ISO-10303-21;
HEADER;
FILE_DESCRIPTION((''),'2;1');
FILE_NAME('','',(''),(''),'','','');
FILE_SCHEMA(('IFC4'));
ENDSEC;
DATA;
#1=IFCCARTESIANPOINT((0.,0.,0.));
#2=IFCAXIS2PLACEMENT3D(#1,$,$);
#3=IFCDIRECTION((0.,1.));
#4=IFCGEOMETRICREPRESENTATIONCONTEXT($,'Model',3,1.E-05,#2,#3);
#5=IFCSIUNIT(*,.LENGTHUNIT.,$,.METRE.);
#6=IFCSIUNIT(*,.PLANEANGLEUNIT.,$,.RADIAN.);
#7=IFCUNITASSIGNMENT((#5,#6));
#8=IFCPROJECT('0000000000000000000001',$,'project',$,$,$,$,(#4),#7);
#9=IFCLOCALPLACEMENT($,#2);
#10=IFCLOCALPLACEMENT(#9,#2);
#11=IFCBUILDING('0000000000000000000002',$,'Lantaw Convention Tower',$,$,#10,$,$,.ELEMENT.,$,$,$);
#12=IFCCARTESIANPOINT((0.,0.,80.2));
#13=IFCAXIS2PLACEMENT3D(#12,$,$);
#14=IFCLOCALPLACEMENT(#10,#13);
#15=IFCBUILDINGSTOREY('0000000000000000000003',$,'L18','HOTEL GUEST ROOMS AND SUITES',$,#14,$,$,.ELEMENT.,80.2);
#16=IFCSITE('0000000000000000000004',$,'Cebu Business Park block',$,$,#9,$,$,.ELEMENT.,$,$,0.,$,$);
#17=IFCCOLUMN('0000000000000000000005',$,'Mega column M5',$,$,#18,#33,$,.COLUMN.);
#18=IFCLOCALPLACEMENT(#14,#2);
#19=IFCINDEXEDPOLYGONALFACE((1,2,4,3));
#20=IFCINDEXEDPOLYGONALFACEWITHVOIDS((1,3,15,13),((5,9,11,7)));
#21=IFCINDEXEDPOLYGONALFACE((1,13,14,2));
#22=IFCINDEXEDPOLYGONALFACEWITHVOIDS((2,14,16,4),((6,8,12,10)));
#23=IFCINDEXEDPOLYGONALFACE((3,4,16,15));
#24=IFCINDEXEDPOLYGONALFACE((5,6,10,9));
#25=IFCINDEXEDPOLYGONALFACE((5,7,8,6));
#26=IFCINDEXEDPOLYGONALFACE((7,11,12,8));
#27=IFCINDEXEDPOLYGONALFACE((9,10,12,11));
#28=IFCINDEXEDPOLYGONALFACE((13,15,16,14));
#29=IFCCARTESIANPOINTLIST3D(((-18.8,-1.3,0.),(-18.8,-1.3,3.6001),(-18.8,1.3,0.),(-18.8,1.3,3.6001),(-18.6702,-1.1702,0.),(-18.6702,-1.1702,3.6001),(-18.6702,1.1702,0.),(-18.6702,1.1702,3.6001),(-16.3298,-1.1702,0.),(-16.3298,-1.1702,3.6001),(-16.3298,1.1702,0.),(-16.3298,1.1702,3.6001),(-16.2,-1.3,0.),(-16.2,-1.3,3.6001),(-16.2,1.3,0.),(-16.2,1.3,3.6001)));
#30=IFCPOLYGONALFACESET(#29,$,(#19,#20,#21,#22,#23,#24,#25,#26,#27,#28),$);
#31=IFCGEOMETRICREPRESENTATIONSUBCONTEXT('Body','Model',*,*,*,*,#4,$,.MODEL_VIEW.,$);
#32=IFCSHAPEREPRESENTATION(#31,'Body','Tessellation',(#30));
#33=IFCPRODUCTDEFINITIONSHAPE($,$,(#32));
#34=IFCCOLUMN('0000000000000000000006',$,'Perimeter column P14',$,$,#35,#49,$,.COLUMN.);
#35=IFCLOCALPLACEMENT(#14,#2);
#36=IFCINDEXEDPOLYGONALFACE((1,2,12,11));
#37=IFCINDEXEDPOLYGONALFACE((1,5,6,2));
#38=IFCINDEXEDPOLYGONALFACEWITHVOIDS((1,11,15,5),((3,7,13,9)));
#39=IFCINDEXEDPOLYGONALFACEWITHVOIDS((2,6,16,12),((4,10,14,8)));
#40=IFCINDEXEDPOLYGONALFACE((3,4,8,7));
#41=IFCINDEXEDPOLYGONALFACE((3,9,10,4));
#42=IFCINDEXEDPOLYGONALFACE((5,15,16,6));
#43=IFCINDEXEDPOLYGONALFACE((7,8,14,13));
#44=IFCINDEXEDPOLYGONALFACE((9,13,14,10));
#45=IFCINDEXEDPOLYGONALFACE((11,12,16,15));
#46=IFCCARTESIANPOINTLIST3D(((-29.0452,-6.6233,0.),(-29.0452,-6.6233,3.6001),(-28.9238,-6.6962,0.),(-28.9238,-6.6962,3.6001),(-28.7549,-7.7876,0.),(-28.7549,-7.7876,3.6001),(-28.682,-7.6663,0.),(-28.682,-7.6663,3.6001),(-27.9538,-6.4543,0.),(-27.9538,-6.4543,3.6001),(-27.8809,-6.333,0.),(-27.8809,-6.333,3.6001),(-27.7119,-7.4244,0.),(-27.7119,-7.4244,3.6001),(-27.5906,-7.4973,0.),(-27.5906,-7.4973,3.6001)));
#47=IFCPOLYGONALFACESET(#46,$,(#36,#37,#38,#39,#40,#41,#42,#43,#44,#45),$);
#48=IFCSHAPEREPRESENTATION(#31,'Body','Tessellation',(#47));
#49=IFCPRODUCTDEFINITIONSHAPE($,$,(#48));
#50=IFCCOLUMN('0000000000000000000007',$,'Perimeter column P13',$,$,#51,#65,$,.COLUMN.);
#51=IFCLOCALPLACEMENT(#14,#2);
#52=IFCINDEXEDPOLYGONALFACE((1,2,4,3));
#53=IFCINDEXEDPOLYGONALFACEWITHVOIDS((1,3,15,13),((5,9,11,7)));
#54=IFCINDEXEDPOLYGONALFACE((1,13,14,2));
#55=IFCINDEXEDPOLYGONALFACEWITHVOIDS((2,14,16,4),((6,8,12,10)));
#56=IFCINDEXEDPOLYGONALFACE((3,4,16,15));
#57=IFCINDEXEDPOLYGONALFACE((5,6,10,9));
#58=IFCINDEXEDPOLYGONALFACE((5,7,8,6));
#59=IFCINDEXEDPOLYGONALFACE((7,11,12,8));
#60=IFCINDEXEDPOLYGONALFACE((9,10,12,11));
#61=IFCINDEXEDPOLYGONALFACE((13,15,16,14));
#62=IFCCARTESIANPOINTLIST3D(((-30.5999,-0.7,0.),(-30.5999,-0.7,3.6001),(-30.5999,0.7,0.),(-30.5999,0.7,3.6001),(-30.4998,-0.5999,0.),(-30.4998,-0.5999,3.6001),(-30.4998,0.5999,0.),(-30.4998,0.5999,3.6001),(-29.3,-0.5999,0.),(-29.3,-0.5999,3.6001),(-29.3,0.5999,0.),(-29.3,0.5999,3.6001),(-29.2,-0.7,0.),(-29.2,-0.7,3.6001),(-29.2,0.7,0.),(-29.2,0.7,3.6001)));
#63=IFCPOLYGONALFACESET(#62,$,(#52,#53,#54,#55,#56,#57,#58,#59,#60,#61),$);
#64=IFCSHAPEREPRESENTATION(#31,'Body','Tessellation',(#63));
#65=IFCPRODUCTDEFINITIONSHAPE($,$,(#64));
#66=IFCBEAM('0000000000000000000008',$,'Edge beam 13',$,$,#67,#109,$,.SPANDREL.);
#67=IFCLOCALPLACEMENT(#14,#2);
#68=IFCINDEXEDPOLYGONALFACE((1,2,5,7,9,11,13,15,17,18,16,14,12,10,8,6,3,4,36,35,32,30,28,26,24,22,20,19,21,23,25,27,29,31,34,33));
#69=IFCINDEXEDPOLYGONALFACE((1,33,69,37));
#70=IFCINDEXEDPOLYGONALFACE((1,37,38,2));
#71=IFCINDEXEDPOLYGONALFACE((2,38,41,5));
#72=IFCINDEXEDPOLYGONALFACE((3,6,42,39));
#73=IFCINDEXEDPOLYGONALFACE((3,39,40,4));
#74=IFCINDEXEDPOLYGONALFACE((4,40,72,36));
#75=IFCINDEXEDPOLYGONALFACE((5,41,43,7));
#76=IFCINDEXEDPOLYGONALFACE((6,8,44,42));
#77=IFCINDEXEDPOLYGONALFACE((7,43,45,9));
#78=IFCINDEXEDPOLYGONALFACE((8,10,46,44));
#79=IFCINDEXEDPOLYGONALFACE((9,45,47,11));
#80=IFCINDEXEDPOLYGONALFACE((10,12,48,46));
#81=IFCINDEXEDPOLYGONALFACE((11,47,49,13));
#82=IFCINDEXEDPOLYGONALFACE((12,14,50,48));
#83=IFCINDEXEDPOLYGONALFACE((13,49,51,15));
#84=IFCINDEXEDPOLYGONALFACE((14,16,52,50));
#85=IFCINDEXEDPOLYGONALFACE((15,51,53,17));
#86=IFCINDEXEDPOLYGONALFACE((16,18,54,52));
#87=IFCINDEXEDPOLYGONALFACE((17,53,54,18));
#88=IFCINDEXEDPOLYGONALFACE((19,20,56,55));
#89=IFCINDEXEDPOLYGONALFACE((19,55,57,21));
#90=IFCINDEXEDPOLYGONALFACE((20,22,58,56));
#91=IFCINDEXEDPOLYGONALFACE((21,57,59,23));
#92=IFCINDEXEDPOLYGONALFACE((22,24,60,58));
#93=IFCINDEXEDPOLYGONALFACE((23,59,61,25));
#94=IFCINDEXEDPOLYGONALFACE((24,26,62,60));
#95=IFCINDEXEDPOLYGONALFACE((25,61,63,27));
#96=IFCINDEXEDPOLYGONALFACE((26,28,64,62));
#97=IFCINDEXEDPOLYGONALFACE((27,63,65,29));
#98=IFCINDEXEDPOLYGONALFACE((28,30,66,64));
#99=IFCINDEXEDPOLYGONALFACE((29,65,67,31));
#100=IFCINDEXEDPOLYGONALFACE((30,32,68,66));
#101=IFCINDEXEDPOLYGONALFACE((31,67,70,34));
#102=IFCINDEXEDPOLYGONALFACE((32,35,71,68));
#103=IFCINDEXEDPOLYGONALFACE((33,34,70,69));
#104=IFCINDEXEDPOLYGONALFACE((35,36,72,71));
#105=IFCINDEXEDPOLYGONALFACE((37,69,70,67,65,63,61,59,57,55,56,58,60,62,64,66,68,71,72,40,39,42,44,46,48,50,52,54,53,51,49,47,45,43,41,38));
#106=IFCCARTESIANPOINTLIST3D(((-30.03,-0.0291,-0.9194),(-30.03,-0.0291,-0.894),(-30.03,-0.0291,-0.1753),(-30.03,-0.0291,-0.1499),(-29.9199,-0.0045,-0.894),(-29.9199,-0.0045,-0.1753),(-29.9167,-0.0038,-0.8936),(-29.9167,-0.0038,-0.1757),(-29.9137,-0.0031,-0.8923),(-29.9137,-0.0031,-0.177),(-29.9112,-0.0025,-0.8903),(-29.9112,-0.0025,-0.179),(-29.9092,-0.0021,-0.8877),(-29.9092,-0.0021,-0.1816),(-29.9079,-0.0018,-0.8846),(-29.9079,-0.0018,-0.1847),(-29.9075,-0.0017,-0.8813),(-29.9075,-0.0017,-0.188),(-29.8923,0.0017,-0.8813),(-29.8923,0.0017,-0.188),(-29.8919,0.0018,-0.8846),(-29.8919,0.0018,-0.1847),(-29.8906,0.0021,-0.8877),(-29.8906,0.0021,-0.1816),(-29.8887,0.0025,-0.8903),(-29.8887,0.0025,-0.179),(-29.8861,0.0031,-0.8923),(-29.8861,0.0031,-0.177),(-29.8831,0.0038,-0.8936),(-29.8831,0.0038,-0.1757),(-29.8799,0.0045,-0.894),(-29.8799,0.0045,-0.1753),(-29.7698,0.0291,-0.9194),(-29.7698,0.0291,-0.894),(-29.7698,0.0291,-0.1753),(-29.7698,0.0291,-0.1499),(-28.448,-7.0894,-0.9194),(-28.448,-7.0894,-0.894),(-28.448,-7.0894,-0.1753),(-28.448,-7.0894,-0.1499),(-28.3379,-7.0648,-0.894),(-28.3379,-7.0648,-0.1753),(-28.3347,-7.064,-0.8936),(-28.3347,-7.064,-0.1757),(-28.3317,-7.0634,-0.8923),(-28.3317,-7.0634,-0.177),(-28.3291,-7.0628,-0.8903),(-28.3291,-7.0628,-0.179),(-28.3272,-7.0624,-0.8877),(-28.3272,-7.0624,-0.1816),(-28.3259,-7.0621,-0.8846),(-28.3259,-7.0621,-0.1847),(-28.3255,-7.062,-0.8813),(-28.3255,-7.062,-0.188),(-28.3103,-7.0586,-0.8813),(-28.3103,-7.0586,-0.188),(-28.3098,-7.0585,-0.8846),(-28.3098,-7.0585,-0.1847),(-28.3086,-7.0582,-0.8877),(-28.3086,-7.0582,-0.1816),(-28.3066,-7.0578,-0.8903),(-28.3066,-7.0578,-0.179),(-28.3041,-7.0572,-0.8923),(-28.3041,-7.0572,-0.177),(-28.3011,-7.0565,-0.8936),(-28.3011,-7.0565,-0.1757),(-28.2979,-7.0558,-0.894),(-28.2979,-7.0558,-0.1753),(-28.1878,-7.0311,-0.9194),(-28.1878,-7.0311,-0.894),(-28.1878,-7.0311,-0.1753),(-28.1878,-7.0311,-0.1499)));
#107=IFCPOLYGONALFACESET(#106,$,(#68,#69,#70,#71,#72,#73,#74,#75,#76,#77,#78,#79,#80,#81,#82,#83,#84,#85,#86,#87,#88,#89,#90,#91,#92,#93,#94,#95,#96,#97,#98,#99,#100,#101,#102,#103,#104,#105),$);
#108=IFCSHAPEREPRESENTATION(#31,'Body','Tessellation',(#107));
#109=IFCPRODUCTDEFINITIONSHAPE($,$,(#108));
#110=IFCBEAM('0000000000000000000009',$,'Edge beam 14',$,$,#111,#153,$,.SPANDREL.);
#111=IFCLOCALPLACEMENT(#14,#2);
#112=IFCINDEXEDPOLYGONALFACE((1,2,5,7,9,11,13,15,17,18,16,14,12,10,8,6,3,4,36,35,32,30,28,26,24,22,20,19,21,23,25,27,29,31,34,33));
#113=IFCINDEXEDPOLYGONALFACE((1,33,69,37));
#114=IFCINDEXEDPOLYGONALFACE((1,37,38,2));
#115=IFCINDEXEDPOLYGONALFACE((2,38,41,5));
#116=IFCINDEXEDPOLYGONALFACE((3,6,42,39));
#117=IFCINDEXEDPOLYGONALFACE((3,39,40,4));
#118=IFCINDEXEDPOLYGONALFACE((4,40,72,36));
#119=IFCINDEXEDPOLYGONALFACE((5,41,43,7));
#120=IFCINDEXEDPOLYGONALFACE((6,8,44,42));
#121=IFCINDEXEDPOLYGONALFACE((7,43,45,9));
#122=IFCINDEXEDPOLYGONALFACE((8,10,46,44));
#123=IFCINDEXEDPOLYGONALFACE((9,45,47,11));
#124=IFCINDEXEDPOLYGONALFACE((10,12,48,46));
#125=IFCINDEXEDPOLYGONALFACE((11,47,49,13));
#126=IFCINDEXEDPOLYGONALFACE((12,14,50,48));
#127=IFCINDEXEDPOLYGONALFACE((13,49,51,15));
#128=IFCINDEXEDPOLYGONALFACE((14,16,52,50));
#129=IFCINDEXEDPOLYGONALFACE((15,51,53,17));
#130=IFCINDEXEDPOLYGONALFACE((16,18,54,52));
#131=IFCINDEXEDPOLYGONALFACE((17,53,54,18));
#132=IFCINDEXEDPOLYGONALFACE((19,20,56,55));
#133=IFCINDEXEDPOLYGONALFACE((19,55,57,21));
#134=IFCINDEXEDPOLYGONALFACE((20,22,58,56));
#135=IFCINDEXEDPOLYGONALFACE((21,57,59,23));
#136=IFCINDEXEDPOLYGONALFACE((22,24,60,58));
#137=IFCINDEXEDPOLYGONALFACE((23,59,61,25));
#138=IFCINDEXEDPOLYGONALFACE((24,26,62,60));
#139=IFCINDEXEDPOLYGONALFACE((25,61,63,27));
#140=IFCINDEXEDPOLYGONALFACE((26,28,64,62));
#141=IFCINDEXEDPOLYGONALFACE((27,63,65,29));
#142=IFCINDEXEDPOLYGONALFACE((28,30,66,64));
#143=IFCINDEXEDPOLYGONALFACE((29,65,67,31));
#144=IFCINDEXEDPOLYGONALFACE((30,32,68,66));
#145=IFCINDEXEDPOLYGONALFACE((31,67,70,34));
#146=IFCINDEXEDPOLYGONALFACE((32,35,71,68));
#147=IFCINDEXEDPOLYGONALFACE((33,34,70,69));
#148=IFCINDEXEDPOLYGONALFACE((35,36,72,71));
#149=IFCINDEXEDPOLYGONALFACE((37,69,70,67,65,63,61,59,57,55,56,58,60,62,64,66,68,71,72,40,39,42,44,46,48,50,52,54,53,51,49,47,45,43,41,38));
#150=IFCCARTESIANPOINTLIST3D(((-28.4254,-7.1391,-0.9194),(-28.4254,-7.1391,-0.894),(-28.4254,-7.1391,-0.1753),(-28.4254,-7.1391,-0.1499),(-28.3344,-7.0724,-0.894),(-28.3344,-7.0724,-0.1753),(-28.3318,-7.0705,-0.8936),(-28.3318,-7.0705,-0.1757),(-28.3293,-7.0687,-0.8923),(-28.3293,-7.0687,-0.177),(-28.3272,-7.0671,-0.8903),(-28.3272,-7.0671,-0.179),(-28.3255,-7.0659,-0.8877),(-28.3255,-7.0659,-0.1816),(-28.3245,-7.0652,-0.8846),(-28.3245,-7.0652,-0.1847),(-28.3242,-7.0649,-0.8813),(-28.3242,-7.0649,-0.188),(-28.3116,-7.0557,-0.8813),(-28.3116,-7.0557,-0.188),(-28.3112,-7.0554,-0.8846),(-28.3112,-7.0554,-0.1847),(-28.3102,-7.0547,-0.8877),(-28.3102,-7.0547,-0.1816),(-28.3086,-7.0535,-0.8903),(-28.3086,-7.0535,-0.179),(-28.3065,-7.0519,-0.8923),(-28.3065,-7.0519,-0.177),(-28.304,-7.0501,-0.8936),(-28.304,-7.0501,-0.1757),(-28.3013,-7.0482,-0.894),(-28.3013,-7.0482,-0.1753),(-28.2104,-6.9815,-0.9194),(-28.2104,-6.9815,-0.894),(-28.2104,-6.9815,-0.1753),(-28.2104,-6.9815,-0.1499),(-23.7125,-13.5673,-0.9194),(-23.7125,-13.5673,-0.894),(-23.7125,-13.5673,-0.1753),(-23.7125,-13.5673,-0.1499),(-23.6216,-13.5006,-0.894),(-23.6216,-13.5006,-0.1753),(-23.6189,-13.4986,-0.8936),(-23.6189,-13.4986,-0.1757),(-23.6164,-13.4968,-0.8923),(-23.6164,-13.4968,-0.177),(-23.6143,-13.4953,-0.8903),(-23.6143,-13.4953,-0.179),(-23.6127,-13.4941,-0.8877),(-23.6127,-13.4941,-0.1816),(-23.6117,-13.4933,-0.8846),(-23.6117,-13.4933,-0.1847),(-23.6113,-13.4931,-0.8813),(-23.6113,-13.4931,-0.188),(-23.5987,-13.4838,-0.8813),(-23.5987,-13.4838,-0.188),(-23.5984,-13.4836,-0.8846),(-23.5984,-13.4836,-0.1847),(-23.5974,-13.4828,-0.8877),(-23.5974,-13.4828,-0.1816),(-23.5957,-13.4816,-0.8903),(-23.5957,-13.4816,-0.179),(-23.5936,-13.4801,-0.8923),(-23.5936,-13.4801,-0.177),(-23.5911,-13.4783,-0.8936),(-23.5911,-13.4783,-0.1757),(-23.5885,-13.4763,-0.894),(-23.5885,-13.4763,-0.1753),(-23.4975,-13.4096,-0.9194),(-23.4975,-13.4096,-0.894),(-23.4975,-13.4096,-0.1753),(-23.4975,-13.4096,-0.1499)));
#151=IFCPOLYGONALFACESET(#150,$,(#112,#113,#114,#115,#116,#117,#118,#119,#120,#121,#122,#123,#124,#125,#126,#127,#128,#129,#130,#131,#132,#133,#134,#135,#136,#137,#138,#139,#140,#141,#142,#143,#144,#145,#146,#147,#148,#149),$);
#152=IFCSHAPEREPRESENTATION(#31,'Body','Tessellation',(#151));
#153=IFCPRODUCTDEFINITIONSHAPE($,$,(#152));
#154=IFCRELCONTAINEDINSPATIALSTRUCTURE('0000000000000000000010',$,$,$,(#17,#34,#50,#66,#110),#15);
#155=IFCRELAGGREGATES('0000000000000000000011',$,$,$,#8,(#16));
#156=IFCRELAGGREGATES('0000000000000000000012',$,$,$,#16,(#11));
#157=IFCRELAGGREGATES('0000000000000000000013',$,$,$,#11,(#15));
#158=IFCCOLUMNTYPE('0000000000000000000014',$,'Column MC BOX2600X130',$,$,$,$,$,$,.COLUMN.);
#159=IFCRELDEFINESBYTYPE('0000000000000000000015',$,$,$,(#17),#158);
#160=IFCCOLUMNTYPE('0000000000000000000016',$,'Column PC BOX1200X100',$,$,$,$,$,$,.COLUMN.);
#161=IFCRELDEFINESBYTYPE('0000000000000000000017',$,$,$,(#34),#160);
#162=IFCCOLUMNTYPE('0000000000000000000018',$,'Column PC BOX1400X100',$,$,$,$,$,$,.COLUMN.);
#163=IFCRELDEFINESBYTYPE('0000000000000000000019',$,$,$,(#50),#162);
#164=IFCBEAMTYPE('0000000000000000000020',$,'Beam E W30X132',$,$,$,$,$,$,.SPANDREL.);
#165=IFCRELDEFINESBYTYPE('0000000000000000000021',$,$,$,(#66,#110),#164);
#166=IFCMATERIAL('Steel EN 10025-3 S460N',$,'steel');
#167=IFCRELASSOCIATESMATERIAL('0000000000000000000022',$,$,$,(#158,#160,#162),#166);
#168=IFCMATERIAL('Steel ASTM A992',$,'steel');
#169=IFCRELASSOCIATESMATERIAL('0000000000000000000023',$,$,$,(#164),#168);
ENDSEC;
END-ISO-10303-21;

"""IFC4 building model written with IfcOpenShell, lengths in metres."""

from ifc_helpers import new_model, si_unit, direction, frame, origin, origin_2d, place, context, subcontext, project, spatial, rectangle, hollow_rectangle, i_section, extrude, material, material_profile, profile_set, type_object, element, save


model = new_model("IFC4")

# Units and contexts
model_context = context("Model", 3, precision=1e-05, world=origin(), true_north=direction((0.0, 1.0)))
body_context = subcontext(model_context, "Body", "Model", "MODEL_VIEW")
ifc_project = project(units=[si_unit("LENGTHUNIT", "METRE"), si_unit("PLANEANGLEUNIT", "RADIAN")], contexts=[model_context])

# Site, building, storey
site_placement = place(None, origin())
site = spatial("IfcSite", under=ifc_project, at=site_placement, Name="Cebu Business Park block", CompositionType="ELEMENT", RefElevation=0.0)
building_placement = place(site_placement, origin())
building = spatial("IfcBuilding", under=site, at=building_placement, Name="Lantaw Convention Tower", CompositionType="ELEMENT")
storey_placement = place(building_placement, frame((0.0, 0.0, 80.2)))
storey = spatial("IfcBuildingStorey", under=building, at=storey_placement, Name="L18", Description="HOTEL GUEST ROOMS AND SUITES", CompositionType="ELEMENT", Elevation=80.2)

# Columns
ifc_material_1 = material(Name="Steel EN 10025-3 S460N", Category="steel")
ifc_material_profile_1 = material_profile(ifc_material_1, hollow_rectangle(XDim=2.6001, YDim=2.6001, WallThickness=0.1299, at=origin_2d()), Name="BOX2600X130")
ifc_material_2 = material(Name="Concrete C60/75", Category="concrete")
ifc_material_profile_2 = material_profile(ifc_material_2, rectangle(XDim=2.3401, YDim=2.3401, at=origin_2d()), Name="Concrete fill of BOX2600X130")
ifc_profile_set_1 = profile_set([ifc_material_profile_1, ifc_material_profile_2], Name="Steel EN 10025-3 S460N")
column_type_1 = type_object("IfcColumnType", Name="Column MC BOX2600X130", PredefinedType="COLUMN", material=ifc_profile_set_1)
column_1_placement = place(storey_placement, frame((-17.5, 0.0, 0.0), z_axis=(0.0, 0.0, 1.0), x_axis=(1.0, 0.0, 0.0)))
element("IfcColumn", 1, at=column_1_placement, inside=storey, type_object=column_type_1, Name="Mega column M5", PredefinedType="COLUMN", context=body_context, shape_type="SweptSolid", body=[
    extrude(hollow_rectangle(XDim=2.6001, YDim=2.6001, WallThickness=0.1299, at=origin_2d()), origin(), (0.0, 0.0, 1.0), 3.6001),
])
ifc_material_profile_3 = material_profile(ifc_material_1, hollow_rectangle(XDim=1.2, YDim=1.2, WallThickness=0.1001, at=origin_2d()), Name="BOX1200X100")
ifc_material_profile_4 = material_profile(ifc_material_2, rectangle(XDim=1.0, YDim=1.0, at=origin_2d()), Name="Concrete fill of BOX1200X100")
ifc_profile_set_2 = profile_set([ifc_material_profile_3, ifc_material_profile_4], Name="Steel EN 10025-3 S460N")
column_type_2 = type_object("IfcColumnType", Name="Column PC BOX1200X100", PredefinedType="COLUMN", material=ifc_profile_set_2)
column_2_placement = place(storey_placement, frame((-28.3179, -7.0603, 0.0), z_axis=(0.0, 0.0, 1.0), x_axis=(0.970296, 0.241922, 0.0)))
element("IfcColumn", 2, at=column_2_placement, inside=storey, type_object=column_type_2, Name="Perimeter column P14", PredefinedType="COLUMN", context=body_context, shape_type="SweptSolid", body=[
    extrude(hollow_rectangle(XDim=1.2, YDim=1.2, WallThickness=0.1001, at=origin_2d()), origin(), (0.0, 0.0, 1.0), 3.6001),
])
ifc_material_profile_5 = material_profile(ifc_material_1, hollow_rectangle(XDim=1.3999, YDim=1.3999, WallThickness=0.1001, at=origin_2d()), Name="BOX1400X100")
ifc_material_profile_6 = material_profile(ifc_material_2, rectangle(XDim=1.2, YDim=1.2, at=origin_2d()), Name="Concrete fill of BOX1400X100")
ifc_profile_set_3 = profile_set([ifc_material_profile_5, ifc_material_profile_6], Name="Steel EN 10025-3 S460N")
column_type_3 = type_object("IfcColumnType", Name="Column PC BOX1400X100", PredefinedType="COLUMN", material=ifc_profile_set_3)
column_3_placement = place(storey_placement, frame((-29.8999, 0.0, 0.0), z_axis=(0.0, 0.0, 1.0), x_axis=(1.0, 0.0, 0.0)))
element("IfcColumn", 3, at=column_3_placement, inside=storey, type_object=column_type_3, Name="Perimeter column P13", PredefinedType="COLUMN", context=body_context, shape_type="SweptSolid", body=[
    extrude(hollow_rectangle(XDim=1.3999, YDim=1.3999, WallThickness=0.1001, at=origin_2d()), origin(), (0.0, 0.0, 1.0), 3.6001),
])

# Beams
ifc_material_3 = material(Name="Steel ASTM A992", Category="steel")
ifc_material_profile_7 = material_profile(ifc_material_3, i_section(OverallWidth=0.2666, OverallDepth=0.7695, WebThickness=0.0156, FlangeThickness=0.0254, FilletRadius=0.0127, at=origin_2d()), Name="W30X132")
ifc_profile_set_4 = profile_set([ifc_material_profile_7], Name="Steel ASTM A992")
beam_type_1 = type_object("IfcBeamType", Name="Beam E W30X132", PredefinedType="SPANDREL", material=ifc_profile_set_4)
beam_1_placement = place(storey_placement, frame((-29.8999, 0.0, -0.5347), z_axis=(0.218652, -0.975803, 0.0), x_axis=(0.975803, 0.218652, 0.0)))
element("IfcBeam", 4, at=beam_1_placement, inside=storey, type_object=beam_type_1, Name="Edge beam 13", PredefinedType="SPANDREL", context=body_context, shape_type="SweptSolid", body=[
    extrude(i_section(OverallWidth=0.2666, OverallDepth=0.7695, WebThickness=0.0156, FlangeThickness=0.0254, FilletRadius=0.0127, at=origin_2d()), origin(), (0.0, 0.0, 1.0), 7.2354),
])
beam_2_placement = place(storey_placement, frame((-28.3179, -7.0603, -0.5347), z_axis=(0.591271, -0.806473, 0.0), x_axis=(0.806473, 0.591271, 0.0)))
element("IfcBeam", 5, at=beam_2_placement, inside=storey, type_object=beam_type_1, Name="Edge beam 14", PredefinedType="SPANDREL", context=body_context, shape_type="SweptSolid", body=[
    extrude(i_section(OverallWidth=0.2666, OverallDepth=0.7695, WebThickness=0.0156, FlangeThickness=0.0254, FilletRadius=0.0127, at=origin_2d()), origin(), (0.0, 0.0, 1.0), 7.9707),
])

save(model, "model.ifc")
